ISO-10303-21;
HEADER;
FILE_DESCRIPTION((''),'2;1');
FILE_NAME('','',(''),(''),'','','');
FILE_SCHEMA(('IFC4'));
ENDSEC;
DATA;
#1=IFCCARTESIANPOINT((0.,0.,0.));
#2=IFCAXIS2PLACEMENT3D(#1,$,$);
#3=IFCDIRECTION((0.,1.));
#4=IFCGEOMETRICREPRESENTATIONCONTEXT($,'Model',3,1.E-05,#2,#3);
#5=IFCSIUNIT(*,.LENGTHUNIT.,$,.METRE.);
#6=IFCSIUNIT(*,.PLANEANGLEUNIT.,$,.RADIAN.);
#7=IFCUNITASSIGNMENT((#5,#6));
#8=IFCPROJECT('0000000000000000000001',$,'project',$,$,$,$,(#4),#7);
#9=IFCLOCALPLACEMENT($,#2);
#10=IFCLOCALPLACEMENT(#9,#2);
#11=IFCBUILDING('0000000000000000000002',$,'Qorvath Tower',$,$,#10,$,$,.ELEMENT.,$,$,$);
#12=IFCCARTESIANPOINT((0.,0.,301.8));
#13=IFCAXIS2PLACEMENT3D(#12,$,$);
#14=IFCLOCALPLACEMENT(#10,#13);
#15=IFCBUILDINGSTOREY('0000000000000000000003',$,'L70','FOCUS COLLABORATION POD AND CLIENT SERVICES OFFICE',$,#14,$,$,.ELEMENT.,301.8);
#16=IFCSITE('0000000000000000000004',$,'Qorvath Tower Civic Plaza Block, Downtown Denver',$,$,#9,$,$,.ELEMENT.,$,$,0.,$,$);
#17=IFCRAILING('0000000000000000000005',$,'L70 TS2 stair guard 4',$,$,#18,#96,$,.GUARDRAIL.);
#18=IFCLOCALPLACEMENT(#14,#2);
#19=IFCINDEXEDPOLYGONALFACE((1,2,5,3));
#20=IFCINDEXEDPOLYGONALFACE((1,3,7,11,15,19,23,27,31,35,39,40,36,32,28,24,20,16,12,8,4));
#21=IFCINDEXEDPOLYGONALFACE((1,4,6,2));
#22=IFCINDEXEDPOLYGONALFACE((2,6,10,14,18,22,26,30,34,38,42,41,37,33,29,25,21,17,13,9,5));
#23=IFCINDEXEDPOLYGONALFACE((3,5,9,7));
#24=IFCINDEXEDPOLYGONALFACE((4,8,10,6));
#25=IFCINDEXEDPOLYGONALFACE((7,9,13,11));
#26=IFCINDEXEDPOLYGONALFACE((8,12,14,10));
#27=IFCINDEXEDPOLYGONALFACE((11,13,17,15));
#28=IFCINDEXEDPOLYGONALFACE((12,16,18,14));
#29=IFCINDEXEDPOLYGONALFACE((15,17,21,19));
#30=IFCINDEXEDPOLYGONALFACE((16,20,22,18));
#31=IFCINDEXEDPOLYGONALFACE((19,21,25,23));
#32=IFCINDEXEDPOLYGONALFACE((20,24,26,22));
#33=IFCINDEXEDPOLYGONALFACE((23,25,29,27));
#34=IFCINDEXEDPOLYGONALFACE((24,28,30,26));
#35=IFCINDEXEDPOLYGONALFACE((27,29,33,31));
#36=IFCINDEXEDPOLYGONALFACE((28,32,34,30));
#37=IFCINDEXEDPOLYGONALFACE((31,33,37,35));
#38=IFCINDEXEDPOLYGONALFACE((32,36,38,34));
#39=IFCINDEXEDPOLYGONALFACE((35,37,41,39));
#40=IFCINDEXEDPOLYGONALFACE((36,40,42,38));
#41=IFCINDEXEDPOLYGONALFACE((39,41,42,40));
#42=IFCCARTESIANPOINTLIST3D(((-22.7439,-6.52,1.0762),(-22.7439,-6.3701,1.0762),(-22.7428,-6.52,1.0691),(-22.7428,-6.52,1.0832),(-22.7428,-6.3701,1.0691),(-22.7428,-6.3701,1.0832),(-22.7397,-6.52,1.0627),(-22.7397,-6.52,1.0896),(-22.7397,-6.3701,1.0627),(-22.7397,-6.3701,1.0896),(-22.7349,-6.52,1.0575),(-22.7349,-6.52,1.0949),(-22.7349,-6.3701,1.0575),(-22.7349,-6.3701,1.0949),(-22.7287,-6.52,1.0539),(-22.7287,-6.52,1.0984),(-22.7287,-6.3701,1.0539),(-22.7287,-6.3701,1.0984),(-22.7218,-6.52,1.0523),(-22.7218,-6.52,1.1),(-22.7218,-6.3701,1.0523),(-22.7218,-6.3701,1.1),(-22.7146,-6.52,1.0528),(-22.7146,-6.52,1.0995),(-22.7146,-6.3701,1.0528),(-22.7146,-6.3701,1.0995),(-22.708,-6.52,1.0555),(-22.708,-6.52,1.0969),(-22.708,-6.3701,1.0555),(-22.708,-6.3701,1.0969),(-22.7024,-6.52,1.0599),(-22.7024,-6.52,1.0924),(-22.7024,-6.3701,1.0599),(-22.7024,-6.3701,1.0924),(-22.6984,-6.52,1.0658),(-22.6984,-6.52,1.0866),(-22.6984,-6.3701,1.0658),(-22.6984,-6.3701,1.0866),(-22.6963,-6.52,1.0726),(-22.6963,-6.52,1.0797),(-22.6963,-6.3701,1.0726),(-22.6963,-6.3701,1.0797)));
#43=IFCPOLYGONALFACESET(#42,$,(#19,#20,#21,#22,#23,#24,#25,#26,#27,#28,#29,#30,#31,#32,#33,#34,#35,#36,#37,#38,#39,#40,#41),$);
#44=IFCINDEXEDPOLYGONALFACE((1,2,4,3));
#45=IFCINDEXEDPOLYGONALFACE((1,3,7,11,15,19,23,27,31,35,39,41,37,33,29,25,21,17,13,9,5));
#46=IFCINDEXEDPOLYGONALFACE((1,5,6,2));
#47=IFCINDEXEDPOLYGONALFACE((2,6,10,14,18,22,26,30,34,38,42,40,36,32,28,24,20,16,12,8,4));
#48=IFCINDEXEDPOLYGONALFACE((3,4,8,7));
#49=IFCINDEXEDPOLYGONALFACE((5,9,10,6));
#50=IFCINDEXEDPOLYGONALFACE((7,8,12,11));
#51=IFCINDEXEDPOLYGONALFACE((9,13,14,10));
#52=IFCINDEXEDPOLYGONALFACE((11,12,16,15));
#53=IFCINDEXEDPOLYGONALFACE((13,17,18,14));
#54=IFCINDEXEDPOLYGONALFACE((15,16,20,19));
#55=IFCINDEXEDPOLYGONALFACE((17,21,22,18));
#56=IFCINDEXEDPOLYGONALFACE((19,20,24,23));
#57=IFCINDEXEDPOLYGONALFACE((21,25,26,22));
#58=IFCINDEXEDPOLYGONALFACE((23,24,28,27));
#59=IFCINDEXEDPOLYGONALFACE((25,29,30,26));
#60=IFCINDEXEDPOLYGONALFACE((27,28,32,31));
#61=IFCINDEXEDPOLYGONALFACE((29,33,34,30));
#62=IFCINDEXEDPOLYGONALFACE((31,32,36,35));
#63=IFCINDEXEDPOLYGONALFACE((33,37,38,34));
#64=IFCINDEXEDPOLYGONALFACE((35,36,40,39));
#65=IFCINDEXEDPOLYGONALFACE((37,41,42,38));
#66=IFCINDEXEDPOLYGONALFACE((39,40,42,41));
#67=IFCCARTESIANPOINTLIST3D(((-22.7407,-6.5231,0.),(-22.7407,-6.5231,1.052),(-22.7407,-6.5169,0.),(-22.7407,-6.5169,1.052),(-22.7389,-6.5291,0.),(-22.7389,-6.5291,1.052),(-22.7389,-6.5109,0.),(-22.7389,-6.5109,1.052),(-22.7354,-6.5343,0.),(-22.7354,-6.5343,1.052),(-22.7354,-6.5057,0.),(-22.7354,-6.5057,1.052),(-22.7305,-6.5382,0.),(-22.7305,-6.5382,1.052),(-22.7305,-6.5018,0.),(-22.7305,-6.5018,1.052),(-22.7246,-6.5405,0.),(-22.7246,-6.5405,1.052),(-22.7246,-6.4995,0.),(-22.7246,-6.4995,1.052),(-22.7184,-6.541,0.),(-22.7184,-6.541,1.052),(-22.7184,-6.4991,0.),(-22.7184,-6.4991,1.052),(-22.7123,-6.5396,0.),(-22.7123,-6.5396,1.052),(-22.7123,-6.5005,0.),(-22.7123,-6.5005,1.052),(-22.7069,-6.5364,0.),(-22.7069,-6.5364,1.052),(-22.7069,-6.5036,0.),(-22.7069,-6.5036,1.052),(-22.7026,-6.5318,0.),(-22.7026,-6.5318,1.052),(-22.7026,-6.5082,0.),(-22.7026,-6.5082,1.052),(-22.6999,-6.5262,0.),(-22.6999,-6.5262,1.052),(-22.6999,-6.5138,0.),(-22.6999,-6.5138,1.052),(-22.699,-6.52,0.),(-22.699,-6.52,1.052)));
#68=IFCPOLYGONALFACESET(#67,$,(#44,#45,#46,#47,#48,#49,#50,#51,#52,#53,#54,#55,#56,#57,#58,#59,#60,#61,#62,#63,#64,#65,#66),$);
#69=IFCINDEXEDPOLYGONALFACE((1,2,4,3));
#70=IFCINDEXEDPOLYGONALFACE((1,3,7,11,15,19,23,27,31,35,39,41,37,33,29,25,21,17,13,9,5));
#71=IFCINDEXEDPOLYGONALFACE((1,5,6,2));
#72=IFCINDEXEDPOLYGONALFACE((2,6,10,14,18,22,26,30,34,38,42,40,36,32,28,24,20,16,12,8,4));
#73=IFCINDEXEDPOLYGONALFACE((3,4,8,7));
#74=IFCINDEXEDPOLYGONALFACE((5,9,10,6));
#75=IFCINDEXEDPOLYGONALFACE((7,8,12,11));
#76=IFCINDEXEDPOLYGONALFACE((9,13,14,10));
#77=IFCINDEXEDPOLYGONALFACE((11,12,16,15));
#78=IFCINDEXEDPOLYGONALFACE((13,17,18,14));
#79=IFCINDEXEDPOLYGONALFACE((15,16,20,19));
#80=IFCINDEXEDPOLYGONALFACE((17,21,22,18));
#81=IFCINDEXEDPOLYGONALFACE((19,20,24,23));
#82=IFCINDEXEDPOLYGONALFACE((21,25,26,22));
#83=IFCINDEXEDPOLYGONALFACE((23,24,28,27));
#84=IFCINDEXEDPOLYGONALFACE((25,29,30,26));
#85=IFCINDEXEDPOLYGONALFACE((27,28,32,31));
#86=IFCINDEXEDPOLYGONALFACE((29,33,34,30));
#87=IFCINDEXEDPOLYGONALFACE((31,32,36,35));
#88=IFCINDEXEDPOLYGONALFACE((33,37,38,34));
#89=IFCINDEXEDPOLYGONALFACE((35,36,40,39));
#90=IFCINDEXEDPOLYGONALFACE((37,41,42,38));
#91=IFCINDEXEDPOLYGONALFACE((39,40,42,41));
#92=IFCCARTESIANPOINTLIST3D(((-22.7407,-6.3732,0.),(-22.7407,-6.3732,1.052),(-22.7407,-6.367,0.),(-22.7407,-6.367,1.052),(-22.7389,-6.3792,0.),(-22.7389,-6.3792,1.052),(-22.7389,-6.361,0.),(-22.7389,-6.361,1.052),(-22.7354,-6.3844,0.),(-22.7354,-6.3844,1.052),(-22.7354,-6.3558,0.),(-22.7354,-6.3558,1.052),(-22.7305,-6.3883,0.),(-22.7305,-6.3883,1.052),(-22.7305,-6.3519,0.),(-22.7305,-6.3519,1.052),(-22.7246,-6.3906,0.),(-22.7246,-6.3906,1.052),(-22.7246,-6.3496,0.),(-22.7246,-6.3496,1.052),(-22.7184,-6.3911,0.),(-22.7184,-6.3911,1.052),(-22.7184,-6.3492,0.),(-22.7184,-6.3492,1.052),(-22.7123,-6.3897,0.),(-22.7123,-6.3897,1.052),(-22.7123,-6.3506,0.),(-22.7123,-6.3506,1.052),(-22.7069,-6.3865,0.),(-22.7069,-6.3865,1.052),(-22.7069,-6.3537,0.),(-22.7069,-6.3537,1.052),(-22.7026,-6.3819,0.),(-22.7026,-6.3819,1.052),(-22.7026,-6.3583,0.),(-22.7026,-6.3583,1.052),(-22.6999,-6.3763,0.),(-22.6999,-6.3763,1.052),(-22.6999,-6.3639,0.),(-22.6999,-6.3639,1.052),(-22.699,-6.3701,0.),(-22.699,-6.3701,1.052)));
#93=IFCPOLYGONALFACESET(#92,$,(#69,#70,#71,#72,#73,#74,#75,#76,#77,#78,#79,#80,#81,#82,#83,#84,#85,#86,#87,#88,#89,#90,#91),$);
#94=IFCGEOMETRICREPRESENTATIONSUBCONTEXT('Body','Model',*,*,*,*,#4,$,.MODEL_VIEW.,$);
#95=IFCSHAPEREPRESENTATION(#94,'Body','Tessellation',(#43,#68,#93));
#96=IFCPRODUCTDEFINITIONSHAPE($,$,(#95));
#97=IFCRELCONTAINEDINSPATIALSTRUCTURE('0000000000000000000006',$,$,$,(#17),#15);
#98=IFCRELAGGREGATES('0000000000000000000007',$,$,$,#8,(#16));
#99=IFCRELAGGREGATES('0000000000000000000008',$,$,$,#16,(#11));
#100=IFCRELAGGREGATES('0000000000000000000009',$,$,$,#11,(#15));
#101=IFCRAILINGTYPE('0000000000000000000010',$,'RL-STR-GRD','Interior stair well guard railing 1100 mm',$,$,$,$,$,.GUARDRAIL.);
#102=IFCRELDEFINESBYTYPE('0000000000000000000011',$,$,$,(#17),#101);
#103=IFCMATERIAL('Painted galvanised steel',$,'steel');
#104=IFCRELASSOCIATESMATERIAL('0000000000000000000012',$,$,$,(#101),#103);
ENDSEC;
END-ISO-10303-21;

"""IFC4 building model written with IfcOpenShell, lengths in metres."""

from ifc_helpers import new_model, si_unit, direction, frame, origin, origin_2d, place, context, subcontext, project, spatial, circle, extrude, material, type_object, element, save


model = new_model("IFC4")

# Units and contexts
model_context = context("Model", 3, precision=1e-05, world=origin(), true_north=direction((0.0, 1.0)))
body_context = subcontext(model_context, "Body", "Model", "MODEL_VIEW")
ifc_project = project(units=[si_unit("LENGTHUNIT", "METRE"), si_unit("PLANEANGLEUNIT", "RADIAN")], contexts=[model_context])

# Site, building, storey
site_placement = place(None, origin())
site = spatial("IfcSite", under=ifc_project, at=site_placement, Name="Qorvath Tower Civic Plaza Block, Downtown Denver", CompositionType="ELEMENT", RefElevation=0.0)
building_placement = place(site_placement, origin())
building = spatial("IfcBuilding", under=site, at=building_placement, Name="Qorvath Tower", CompositionType="ELEMENT")
storey_placement = place(building_placement, frame((0.0, 0.0, 301.8)))
storey = spatial("IfcBuildingStorey", under=building, at=storey_placement, Name="L70", Description="FOCUS COLLABORATION POD AND CLIENT SERVICES OFFICE", CompositionType="ELEMENT", Elevation=301.8)

# Railing
ifc_material_1 = material(Name="Painted galvanised steel", Category="steel")
railing_type_1 = type_object("IfcRailingType", Name="RL-STR-GRD", Description="Interior stair well guard railing 1100 mm", PredefinedType="GUARDRAIL", material=ifc_material_1)
railing_1_placement = place(storey_placement, frame((-22.72, -6.52, 0.0)))
element("IfcRailing", 1, at=railing_1_placement, inside=storey, type_object=railing_type_1, Name="L70 TS2 stair guard 4", PredefinedType="GUARDRAIL", context=body_context, shape_type="SweptSolid", body=[
    extrude(circle(Radius=0.0239, at=origin_2d()), frame((0.0, 0.0, 1.0762), z_axis=(0.0, 1.0, 0.0), x_axis=(-1.0, 0.0, 0.0)), (0.0, 0.0, 1.0), 0.1499),
    extrude(circle(Radius=0.021, at=origin_2d()), origin(), (0.0, 0.0, 1.0), 1.052),
    extrude(circle(Radius=0.021, at=origin_2d()), frame((0.0, 0.1499, 0.0)), (0.0, 0.0, 1.0), 1.052),
])

save(model, "model.ifc")
